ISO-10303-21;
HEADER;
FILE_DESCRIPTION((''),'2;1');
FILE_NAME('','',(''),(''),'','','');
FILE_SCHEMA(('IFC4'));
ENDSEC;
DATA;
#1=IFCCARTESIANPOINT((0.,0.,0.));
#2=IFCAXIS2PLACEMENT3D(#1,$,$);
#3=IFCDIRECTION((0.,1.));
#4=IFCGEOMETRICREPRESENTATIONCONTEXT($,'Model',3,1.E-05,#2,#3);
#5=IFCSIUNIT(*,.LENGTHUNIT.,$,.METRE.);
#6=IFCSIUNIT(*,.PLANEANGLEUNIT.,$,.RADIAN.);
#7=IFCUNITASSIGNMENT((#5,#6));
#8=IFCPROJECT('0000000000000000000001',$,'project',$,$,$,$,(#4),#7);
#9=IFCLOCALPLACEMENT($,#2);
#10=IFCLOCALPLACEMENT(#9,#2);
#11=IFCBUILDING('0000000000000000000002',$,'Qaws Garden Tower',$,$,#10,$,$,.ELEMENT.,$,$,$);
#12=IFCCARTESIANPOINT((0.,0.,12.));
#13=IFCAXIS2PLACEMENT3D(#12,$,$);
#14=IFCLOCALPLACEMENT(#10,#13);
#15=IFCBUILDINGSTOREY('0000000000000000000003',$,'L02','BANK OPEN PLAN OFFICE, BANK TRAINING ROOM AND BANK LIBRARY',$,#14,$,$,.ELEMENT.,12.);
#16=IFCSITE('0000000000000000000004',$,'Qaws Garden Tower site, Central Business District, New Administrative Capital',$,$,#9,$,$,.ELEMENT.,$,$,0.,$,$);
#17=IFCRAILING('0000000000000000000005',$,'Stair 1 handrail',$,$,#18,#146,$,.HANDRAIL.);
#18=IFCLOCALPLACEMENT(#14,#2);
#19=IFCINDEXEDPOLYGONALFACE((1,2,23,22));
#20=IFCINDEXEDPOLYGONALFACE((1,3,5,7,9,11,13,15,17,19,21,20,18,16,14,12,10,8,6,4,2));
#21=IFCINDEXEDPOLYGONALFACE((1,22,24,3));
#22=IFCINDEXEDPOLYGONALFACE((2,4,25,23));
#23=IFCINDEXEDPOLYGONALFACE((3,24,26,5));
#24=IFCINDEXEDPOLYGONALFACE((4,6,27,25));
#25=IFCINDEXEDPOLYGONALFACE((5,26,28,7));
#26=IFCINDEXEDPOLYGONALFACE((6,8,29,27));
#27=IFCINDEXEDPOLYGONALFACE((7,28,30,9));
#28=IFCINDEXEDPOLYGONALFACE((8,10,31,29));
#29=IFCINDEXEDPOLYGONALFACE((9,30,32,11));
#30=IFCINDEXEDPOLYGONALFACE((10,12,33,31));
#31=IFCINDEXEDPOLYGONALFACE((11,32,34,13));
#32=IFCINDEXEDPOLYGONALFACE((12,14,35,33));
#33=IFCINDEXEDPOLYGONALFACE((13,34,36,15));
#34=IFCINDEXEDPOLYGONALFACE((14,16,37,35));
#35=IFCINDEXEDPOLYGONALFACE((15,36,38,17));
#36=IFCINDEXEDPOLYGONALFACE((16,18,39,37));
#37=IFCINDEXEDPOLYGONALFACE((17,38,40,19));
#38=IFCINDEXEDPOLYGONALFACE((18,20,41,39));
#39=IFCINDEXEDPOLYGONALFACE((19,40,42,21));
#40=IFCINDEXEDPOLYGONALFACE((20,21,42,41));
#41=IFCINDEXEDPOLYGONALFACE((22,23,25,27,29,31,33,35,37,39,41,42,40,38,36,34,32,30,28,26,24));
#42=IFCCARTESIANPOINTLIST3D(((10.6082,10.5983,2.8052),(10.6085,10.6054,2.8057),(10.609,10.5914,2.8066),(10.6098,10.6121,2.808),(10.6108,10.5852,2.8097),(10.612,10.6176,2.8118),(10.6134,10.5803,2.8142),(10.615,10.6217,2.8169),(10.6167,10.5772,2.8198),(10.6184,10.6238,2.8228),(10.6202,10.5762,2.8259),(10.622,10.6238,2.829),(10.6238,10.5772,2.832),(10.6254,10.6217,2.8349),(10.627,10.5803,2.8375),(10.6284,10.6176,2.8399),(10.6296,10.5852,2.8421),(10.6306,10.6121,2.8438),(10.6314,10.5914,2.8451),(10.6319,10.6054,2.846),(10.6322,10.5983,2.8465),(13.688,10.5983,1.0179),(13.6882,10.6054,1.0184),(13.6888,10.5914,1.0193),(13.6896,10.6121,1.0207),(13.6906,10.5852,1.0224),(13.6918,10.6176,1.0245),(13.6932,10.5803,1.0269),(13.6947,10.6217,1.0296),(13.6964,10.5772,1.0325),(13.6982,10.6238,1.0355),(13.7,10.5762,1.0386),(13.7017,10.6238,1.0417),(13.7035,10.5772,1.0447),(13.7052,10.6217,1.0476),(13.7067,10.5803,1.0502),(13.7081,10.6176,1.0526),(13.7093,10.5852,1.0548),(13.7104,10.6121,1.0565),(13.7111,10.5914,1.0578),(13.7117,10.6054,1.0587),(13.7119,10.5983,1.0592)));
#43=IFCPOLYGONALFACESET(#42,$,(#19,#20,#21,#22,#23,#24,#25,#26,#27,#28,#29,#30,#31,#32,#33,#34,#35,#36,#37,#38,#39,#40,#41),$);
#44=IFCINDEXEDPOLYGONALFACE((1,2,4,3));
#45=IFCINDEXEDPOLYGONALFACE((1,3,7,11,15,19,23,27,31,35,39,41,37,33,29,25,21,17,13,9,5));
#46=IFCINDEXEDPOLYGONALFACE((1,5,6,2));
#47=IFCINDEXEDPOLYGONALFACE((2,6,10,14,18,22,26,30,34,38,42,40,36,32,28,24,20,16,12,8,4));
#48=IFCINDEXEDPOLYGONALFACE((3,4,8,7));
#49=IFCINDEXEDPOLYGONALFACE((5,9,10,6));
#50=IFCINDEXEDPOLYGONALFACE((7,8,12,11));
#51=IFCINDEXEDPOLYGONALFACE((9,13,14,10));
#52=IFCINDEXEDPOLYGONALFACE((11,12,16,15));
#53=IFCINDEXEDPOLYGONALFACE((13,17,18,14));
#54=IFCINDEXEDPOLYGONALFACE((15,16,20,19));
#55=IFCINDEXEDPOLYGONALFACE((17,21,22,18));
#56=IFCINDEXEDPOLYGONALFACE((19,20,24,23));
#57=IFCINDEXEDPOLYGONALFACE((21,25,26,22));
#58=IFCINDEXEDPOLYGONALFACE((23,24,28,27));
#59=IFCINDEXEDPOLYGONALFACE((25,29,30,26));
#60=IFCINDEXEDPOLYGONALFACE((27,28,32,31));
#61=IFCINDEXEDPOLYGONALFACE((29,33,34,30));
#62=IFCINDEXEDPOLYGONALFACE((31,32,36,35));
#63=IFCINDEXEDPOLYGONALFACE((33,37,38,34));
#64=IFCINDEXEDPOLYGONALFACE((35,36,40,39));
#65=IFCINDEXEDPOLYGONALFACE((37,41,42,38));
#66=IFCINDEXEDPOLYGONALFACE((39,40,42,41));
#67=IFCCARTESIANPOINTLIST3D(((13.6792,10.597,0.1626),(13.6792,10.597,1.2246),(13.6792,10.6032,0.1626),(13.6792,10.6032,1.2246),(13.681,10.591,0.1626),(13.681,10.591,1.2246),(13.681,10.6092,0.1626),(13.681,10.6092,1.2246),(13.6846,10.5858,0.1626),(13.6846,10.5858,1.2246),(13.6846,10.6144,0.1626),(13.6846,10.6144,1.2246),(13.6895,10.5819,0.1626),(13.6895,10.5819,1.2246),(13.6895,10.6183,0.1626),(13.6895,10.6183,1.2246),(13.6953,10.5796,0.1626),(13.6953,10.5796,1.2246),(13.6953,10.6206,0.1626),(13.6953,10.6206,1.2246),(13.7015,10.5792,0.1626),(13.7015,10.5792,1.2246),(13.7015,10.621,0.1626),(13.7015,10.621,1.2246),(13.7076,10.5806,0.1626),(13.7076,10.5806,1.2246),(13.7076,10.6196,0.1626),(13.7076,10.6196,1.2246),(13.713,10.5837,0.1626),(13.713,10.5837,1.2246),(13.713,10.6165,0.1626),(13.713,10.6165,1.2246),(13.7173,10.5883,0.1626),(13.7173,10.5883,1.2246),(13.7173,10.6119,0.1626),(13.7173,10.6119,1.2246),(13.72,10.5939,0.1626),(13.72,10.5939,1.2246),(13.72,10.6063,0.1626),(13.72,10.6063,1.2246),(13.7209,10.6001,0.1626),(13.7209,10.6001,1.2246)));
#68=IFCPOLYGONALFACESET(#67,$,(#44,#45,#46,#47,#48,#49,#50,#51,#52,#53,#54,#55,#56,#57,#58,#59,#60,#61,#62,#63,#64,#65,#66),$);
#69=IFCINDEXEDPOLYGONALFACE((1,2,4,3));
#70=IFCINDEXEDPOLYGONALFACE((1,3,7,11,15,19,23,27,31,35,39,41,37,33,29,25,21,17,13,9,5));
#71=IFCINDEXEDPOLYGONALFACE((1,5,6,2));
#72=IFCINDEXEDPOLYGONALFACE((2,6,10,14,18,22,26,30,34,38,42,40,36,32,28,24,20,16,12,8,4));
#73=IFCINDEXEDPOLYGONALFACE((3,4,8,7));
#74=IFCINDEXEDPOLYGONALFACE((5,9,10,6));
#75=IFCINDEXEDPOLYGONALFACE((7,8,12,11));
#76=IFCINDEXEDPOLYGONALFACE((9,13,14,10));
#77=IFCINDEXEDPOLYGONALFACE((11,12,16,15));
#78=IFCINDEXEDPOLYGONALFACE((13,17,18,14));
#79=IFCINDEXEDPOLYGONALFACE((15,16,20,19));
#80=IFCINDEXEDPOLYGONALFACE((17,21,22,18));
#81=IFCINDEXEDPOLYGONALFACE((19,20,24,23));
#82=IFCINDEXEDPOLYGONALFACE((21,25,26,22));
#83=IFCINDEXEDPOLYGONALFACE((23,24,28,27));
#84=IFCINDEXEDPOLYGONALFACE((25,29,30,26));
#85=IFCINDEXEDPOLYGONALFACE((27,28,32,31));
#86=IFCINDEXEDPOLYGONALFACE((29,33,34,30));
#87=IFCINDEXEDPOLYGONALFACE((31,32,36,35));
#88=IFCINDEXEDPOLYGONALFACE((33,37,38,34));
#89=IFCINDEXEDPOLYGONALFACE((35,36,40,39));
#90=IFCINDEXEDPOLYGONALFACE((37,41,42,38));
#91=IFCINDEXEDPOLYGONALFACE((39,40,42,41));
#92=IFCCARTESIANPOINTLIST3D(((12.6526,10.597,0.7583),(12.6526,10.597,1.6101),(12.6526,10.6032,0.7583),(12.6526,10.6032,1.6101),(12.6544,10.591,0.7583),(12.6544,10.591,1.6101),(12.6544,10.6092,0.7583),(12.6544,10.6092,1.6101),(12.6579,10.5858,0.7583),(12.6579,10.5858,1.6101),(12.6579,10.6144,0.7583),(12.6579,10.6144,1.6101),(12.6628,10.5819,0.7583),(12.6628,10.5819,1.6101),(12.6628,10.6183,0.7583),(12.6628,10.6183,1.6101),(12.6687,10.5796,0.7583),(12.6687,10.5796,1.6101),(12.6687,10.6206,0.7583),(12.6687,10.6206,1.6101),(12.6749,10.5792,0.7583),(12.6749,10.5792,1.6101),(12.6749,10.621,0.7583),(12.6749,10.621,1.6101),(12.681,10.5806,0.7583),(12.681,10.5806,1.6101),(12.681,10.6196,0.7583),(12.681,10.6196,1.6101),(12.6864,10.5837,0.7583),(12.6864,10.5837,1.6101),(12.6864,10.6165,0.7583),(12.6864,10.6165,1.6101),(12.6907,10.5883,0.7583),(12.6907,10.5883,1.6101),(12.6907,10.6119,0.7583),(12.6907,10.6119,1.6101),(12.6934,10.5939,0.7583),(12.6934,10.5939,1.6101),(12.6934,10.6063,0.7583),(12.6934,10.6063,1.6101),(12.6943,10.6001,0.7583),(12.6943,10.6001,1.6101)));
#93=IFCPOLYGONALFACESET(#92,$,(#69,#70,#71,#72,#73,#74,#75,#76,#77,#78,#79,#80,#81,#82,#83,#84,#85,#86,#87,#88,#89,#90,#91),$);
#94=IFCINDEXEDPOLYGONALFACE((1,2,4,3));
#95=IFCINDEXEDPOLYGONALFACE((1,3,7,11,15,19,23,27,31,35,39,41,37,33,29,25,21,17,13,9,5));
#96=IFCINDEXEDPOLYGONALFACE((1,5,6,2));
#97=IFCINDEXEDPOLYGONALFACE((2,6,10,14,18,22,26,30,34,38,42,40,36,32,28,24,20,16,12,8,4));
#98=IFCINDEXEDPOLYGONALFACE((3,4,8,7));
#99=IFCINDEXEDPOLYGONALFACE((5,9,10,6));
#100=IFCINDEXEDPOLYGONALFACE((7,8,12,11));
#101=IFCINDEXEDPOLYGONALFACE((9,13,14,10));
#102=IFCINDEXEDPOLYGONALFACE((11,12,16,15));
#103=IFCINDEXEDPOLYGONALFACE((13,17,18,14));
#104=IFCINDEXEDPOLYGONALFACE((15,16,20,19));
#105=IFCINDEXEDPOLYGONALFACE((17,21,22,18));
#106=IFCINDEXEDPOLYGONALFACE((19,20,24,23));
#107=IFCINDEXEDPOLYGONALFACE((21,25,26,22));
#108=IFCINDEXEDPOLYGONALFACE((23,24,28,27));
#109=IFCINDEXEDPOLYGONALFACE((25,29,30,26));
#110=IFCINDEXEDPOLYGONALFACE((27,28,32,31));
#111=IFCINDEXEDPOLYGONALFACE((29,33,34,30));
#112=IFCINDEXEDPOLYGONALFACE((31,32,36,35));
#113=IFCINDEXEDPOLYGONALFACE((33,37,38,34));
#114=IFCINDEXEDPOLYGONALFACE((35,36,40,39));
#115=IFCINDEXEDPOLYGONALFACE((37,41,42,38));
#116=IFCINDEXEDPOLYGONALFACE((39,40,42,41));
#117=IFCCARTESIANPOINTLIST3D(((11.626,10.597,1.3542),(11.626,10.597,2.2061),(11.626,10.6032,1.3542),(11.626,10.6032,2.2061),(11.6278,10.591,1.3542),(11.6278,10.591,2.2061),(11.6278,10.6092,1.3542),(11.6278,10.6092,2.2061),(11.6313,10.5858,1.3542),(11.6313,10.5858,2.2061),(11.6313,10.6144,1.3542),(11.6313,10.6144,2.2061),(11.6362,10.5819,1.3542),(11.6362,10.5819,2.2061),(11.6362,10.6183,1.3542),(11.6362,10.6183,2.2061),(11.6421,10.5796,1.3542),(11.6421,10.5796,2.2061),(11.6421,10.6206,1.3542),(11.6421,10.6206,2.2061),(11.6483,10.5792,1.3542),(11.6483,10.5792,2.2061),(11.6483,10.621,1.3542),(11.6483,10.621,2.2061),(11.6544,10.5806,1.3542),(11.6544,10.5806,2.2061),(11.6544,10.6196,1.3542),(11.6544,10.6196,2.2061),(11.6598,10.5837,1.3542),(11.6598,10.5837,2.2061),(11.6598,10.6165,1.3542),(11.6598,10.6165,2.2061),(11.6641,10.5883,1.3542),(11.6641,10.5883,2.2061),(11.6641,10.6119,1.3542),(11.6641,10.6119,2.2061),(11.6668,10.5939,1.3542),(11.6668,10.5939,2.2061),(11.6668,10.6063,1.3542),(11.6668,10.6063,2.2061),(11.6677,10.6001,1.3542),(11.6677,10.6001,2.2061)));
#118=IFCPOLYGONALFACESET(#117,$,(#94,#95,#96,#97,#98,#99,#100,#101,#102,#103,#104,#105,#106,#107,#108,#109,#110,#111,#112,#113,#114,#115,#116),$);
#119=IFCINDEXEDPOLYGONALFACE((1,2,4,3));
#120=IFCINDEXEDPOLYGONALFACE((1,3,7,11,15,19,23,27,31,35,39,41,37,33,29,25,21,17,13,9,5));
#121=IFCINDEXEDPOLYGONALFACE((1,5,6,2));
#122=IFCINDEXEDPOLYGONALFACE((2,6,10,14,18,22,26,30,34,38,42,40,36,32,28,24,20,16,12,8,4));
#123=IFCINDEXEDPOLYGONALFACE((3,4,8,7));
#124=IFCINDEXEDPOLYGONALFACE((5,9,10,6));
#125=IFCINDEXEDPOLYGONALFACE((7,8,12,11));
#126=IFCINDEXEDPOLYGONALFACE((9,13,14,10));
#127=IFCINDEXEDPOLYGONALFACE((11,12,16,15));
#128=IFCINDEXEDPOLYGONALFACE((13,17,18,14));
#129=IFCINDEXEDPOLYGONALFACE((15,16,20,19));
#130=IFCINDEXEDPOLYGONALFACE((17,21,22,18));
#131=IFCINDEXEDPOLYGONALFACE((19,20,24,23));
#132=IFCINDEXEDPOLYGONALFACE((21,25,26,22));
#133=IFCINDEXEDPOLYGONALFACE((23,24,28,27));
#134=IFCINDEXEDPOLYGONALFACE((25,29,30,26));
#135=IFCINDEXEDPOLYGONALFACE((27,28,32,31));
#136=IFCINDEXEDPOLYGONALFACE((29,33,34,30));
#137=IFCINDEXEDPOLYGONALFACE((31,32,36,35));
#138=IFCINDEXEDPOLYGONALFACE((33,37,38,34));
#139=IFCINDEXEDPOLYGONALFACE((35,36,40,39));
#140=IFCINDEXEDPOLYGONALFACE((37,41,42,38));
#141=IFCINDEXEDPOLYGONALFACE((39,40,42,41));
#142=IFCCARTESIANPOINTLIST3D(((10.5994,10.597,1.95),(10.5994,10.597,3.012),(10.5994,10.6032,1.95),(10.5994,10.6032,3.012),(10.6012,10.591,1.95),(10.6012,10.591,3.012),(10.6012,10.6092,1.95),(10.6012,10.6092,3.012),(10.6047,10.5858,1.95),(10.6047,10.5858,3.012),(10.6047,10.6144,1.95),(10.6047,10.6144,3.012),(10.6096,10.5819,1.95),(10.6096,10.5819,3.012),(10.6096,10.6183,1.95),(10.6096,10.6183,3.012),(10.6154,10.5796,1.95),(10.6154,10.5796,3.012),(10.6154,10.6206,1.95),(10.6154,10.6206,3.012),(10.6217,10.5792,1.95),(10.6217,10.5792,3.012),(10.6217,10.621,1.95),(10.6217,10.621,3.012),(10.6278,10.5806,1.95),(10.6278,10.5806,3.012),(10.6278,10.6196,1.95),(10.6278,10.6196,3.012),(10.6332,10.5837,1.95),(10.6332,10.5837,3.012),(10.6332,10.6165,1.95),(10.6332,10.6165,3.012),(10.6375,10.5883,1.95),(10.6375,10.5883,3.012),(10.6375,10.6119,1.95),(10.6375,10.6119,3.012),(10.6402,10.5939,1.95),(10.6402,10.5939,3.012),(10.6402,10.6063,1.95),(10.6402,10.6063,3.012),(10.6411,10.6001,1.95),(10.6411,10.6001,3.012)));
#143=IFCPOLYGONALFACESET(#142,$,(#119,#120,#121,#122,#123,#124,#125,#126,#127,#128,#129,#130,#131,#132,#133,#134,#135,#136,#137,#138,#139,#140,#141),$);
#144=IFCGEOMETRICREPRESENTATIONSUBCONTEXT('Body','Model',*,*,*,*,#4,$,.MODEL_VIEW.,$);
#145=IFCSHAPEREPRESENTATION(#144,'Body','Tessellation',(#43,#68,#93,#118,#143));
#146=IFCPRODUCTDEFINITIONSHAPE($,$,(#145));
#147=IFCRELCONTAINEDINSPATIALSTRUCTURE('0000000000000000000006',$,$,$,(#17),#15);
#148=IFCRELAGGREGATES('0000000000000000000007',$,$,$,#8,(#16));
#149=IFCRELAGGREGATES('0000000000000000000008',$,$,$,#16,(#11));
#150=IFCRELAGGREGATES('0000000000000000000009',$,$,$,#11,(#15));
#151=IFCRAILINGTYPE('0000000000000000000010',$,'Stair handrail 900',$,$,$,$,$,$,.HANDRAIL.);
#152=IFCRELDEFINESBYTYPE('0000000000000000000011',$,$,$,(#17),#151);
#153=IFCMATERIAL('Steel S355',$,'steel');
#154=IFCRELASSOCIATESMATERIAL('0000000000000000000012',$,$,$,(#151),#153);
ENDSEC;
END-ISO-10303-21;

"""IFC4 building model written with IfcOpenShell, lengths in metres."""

from ifc_helpers import new_model, si_unit, direction, frame, origin, origin_2d, place, context, subcontext, project, spatial, circle, extrude, material, type_object, element, save


model = new_model("IFC4")

# Units and contexts
model_context = context("Model", 3, precision=1e-05, world=origin(), true_north=direction((0.0, 1.0)))
body_context = subcontext(model_context, "Body", "Model", "MODEL_VIEW")
ifc_project = project(units=[si_unit("LENGTHUNIT", "METRE"), si_unit("PLANEANGLEUNIT", "RADIAN")], contexts=[model_context])

# Site, building, storey
site_placement = place(None, origin())
site = spatial("IfcSite", under=ifc_project, at=site_placement, Name="Qaws Garden Tower site, Central Business District, New Administrative Capital", CompositionType="ELEMENT", RefElevation=0.0)
building_placement = place(site_placement, origin())
building = spatial("IfcBuilding", under=site, at=building_placement, Name="Qaws Garden Tower", CompositionType="ELEMENT")
storey_placement = place(building_placement, frame((0.0, 0.0, 12.0)))
storey = spatial("IfcBuildingStorey", under=building, at=storey_placement, Name="L02", Description="BANK OPEN PLAN OFFICE, BANK TRAINING ROOM AND BANK LIBRARY", CompositionType="ELEMENT", Elevation=12.0)

# Railing
ifc_material_1 = material(Name="Steel S355", Category="steel")
railing_type = type_object("IfcRailingType", Name="Stair handrail 900", PredefinedType="HANDRAIL", material=ifc_material_1)
railing_placement = place(storey_placement, frame((13.7, 10.6001, 0.1626)))
element("IfcRailing", 1, at=railing_placement, inside=storey, type_object=railing_type, Name="Stair 1 handrail", PredefinedType="HANDRAIL", context=body_context, shape_type="SweptSolid", body=[
    extrude(circle(Radius=0.0239, at=origin_2d()), frame((0.0, 0.0, 0.876), z_axis=(-0.864903, 0.0, 0.501939), x_axis=(0.0, -1.0, 0.0)), (0.0, 0.0, 1.0), 3.5608),
    extrude(circle(Radius=0.021, at=origin_2d()), origin(), (0.0, 0.0, 1.0), 1.062),
    extrude(circle(Radius=0.021, at=origin_2d()), frame((-1.0266, 0.0, 0.5957)), (0.0, 0.0, 1.0), 0.8518),
    extrude(circle(Radius=0.021, at=origin_2d()), frame((-2.0532, 0.0, 1.1917)), (0.0, 0.0, 1.0), 0.8518),
    extrude(circle(Radius=0.021, at=origin_2d()), frame((-3.0798, 0.0, 1.7874)), (0.0, 0.0, 1.0), 1.062),
])

save(model, "model.ifc")
